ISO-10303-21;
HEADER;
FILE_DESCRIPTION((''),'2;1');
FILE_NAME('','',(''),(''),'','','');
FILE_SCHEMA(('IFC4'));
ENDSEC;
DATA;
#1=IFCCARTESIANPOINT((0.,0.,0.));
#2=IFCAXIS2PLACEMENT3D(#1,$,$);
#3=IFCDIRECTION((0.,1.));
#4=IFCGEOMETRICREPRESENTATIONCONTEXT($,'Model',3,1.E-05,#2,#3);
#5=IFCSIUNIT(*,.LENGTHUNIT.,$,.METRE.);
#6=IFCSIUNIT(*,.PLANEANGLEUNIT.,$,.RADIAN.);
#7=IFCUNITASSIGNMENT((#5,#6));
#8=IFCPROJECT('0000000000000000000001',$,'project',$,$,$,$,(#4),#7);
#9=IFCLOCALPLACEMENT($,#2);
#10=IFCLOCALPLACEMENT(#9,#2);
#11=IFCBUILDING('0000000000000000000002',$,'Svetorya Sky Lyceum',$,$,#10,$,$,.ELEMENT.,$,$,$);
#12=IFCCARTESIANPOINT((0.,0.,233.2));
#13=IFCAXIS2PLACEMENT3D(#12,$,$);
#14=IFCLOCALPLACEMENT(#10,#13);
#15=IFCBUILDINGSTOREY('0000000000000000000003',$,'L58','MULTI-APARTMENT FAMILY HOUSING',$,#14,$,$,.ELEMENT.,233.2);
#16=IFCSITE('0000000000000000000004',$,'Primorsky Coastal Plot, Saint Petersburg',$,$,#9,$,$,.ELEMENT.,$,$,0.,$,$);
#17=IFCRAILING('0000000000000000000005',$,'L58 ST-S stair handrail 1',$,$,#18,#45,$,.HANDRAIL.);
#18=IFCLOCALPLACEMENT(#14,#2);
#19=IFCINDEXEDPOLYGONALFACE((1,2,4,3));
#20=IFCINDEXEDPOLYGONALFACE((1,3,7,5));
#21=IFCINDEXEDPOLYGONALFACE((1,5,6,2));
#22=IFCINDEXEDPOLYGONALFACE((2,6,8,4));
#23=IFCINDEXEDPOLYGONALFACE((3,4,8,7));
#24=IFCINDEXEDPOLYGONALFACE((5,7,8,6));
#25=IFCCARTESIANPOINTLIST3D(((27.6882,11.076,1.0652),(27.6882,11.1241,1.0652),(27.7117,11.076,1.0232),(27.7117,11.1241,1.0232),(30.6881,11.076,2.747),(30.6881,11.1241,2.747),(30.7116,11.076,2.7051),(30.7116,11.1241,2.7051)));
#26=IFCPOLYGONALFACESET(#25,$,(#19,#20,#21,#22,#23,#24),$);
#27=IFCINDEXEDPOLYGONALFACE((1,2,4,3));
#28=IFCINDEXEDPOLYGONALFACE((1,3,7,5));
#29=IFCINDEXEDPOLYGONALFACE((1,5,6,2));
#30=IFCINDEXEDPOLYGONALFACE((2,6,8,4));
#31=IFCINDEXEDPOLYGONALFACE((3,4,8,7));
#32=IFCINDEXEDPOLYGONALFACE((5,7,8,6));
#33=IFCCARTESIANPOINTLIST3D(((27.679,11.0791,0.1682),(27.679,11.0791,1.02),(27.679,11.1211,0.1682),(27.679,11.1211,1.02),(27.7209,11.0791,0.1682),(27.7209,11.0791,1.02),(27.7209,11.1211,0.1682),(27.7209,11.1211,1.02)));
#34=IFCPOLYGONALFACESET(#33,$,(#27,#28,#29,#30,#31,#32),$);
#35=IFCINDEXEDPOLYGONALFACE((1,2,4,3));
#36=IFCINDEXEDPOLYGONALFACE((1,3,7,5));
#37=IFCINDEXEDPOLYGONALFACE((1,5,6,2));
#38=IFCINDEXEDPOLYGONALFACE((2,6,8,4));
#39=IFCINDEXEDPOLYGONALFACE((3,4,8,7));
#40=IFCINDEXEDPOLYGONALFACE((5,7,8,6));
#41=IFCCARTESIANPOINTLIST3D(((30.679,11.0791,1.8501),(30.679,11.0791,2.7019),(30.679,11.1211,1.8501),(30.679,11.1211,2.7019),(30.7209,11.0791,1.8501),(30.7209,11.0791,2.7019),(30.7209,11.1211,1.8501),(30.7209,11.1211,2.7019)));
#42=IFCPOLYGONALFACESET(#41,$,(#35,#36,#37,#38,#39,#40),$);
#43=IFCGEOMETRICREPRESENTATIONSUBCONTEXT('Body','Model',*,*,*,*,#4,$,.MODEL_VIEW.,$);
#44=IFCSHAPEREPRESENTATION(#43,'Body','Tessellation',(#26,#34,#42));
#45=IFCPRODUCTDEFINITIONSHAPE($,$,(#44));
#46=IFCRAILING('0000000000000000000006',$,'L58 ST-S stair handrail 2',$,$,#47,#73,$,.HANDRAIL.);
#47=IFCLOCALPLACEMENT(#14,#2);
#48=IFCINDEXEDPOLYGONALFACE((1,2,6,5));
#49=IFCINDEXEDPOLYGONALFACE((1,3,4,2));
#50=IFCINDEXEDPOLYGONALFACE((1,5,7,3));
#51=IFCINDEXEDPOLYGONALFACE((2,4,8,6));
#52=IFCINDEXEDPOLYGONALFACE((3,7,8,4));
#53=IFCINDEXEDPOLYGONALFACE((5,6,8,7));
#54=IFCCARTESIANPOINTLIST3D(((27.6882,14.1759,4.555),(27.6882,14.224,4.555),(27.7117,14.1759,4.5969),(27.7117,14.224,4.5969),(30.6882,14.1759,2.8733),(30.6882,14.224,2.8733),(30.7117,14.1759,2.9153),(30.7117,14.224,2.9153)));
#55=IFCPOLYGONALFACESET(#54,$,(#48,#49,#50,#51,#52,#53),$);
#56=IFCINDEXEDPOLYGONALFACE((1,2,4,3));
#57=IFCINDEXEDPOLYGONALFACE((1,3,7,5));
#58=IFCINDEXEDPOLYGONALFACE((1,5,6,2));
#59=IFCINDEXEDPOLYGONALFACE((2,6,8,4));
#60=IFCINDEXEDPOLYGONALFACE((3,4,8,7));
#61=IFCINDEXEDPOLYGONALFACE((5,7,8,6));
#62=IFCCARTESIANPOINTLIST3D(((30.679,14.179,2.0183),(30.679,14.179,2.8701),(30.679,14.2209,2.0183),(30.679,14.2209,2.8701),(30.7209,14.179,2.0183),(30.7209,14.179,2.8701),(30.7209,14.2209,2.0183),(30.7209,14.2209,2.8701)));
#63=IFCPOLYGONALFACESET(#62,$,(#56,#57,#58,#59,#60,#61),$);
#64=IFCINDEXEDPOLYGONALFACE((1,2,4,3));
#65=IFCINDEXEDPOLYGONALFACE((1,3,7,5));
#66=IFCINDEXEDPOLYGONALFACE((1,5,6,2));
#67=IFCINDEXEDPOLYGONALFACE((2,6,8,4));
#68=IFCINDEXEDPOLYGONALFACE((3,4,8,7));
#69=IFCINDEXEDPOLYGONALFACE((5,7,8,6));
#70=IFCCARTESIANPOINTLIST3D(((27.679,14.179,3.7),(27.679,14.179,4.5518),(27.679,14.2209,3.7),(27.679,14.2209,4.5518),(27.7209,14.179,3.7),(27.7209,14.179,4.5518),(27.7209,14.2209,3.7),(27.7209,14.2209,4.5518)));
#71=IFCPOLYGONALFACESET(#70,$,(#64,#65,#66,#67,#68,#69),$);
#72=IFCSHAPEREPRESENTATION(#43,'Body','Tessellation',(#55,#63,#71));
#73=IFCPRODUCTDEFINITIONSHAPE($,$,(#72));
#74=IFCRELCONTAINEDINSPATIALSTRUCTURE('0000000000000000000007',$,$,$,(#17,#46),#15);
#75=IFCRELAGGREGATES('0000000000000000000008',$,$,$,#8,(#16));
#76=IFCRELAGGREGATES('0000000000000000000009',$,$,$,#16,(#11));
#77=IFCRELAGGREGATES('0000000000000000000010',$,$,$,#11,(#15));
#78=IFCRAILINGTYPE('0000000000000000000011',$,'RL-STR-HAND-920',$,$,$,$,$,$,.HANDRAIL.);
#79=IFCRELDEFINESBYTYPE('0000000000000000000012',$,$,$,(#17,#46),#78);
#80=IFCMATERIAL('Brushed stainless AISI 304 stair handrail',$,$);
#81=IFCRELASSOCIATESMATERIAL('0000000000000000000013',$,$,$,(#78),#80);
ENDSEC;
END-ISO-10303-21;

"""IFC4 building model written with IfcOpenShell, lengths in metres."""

from ifc_helpers import new_model, si_unit, direction, frame, origin, origin_2d, place, context, subcontext, project, spatial, rectangle, extrude, material, type_object, element, save


model = new_model("IFC4")

# Units and contexts
model_context = context("Model", 3, precision=1e-05, world=origin(), true_north=direction((0.0, 1.0)))
body_context = subcontext(model_context, "Body", "Model", "MODEL_VIEW")
ifc_project = project(units=[si_unit("LENGTHUNIT", "METRE"), si_unit("PLANEANGLEUNIT", "RADIAN")], contexts=[model_context])

# Site, building, storey
site_placement = place(None, origin())
site = spatial("IfcSite", under=ifc_project, at=site_placement, Name="Primorsky Coastal Plot, Saint Petersburg", CompositionType="ELEMENT", RefElevation=0.0)
building_placement = place(site_placement, origin())
building = spatial("IfcBuilding", under=site, at=building_placement, Name="Svetorya Sky Lyceum", CompositionType="ELEMENT")
storey_placement = place(building_placement, frame((0.0, 0.0, 233.2)))
storey = spatial("IfcBuildingStorey", under=building, at=storey_placement, Name="L58", Description="MULTI-APARTMENT FAMILY HOUSING", CompositionType="ELEMENT", Elevation=233.2)

# Railings
ifc_material_1 = material(Name="Brushed stainless AISI 304 stair handrail")
railing_type_1 = type_object("IfcRailingType", Name="RL-STR-HAND-920", PredefinedType="HANDRAIL", material=ifc_material_1)
railing_1_placement = place(storey_placement, frame((27.7, 11.1001, 0.1682)))
element("IfcRailing", 1, at=railing_1_placement, inside=storey, type_object=railing_type_1, Name="L58 ST-S stair handrail 1", PredefinedType="HANDRAIL", context=body_context, shape_type="SweptSolid", body=[
    extrude(rectangle(XDim=0.0481, YDim=0.0481, at=origin_2d()), frame((0.0, 0.0, 0.876), z_axis=(0.872272, 0.0, 0.48902), x_axis=(0.0, 1.0, 0.0)), (0.0, 0.0, 1.0), 3.4392),
    extrude(rectangle(XDim=0.042, YDim=0.042, at=origin_2d()), origin(), (0.0, 0.0, 1.0), 0.8518),
    extrude(rectangle(XDim=0.042, YDim=0.042, at=origin_2d()), frame((3.0, 0.0, 1.6819)), (0.0, 0.0, 1.0), 0.8518),
])
railing_2_placement = place(storey_placement, frame((30.7, 14.2, 2.0183)))
element("IfcRailing", 2, at=railing_2_placement, inside=storey, type_object=railing_type_1, Name="L58 ST-S stair handrail 2", PredefinedType="HANDRAIL", context=body_context, shape_type="SweptSolid", body=[
    extrude(rectangle(XDim=0.0481, YDim=0.0481, at=origin_2d()), frame((0.0, 0.0, 0.876), z_axis=(-0.872303, 0.0, 0.488966), x_axis=(0.0, -1.0, 0.0)), (0.0, 0.0, 1.0), 3.4392),
    extrude(rectangle(XDim=0.042, YDim=0.042, at=origin_2d()), origin(), (0.0, 0.0, 1.0), 0.8518),
    extrude(rectangle(XDim=0.042, YDim=0.042, at=origin_2d()), frame((-3.0, 0.0, 1.6816)), (0.0, 0.0, 1.0), 0.8518),
])

save(model, "model.ifc")
